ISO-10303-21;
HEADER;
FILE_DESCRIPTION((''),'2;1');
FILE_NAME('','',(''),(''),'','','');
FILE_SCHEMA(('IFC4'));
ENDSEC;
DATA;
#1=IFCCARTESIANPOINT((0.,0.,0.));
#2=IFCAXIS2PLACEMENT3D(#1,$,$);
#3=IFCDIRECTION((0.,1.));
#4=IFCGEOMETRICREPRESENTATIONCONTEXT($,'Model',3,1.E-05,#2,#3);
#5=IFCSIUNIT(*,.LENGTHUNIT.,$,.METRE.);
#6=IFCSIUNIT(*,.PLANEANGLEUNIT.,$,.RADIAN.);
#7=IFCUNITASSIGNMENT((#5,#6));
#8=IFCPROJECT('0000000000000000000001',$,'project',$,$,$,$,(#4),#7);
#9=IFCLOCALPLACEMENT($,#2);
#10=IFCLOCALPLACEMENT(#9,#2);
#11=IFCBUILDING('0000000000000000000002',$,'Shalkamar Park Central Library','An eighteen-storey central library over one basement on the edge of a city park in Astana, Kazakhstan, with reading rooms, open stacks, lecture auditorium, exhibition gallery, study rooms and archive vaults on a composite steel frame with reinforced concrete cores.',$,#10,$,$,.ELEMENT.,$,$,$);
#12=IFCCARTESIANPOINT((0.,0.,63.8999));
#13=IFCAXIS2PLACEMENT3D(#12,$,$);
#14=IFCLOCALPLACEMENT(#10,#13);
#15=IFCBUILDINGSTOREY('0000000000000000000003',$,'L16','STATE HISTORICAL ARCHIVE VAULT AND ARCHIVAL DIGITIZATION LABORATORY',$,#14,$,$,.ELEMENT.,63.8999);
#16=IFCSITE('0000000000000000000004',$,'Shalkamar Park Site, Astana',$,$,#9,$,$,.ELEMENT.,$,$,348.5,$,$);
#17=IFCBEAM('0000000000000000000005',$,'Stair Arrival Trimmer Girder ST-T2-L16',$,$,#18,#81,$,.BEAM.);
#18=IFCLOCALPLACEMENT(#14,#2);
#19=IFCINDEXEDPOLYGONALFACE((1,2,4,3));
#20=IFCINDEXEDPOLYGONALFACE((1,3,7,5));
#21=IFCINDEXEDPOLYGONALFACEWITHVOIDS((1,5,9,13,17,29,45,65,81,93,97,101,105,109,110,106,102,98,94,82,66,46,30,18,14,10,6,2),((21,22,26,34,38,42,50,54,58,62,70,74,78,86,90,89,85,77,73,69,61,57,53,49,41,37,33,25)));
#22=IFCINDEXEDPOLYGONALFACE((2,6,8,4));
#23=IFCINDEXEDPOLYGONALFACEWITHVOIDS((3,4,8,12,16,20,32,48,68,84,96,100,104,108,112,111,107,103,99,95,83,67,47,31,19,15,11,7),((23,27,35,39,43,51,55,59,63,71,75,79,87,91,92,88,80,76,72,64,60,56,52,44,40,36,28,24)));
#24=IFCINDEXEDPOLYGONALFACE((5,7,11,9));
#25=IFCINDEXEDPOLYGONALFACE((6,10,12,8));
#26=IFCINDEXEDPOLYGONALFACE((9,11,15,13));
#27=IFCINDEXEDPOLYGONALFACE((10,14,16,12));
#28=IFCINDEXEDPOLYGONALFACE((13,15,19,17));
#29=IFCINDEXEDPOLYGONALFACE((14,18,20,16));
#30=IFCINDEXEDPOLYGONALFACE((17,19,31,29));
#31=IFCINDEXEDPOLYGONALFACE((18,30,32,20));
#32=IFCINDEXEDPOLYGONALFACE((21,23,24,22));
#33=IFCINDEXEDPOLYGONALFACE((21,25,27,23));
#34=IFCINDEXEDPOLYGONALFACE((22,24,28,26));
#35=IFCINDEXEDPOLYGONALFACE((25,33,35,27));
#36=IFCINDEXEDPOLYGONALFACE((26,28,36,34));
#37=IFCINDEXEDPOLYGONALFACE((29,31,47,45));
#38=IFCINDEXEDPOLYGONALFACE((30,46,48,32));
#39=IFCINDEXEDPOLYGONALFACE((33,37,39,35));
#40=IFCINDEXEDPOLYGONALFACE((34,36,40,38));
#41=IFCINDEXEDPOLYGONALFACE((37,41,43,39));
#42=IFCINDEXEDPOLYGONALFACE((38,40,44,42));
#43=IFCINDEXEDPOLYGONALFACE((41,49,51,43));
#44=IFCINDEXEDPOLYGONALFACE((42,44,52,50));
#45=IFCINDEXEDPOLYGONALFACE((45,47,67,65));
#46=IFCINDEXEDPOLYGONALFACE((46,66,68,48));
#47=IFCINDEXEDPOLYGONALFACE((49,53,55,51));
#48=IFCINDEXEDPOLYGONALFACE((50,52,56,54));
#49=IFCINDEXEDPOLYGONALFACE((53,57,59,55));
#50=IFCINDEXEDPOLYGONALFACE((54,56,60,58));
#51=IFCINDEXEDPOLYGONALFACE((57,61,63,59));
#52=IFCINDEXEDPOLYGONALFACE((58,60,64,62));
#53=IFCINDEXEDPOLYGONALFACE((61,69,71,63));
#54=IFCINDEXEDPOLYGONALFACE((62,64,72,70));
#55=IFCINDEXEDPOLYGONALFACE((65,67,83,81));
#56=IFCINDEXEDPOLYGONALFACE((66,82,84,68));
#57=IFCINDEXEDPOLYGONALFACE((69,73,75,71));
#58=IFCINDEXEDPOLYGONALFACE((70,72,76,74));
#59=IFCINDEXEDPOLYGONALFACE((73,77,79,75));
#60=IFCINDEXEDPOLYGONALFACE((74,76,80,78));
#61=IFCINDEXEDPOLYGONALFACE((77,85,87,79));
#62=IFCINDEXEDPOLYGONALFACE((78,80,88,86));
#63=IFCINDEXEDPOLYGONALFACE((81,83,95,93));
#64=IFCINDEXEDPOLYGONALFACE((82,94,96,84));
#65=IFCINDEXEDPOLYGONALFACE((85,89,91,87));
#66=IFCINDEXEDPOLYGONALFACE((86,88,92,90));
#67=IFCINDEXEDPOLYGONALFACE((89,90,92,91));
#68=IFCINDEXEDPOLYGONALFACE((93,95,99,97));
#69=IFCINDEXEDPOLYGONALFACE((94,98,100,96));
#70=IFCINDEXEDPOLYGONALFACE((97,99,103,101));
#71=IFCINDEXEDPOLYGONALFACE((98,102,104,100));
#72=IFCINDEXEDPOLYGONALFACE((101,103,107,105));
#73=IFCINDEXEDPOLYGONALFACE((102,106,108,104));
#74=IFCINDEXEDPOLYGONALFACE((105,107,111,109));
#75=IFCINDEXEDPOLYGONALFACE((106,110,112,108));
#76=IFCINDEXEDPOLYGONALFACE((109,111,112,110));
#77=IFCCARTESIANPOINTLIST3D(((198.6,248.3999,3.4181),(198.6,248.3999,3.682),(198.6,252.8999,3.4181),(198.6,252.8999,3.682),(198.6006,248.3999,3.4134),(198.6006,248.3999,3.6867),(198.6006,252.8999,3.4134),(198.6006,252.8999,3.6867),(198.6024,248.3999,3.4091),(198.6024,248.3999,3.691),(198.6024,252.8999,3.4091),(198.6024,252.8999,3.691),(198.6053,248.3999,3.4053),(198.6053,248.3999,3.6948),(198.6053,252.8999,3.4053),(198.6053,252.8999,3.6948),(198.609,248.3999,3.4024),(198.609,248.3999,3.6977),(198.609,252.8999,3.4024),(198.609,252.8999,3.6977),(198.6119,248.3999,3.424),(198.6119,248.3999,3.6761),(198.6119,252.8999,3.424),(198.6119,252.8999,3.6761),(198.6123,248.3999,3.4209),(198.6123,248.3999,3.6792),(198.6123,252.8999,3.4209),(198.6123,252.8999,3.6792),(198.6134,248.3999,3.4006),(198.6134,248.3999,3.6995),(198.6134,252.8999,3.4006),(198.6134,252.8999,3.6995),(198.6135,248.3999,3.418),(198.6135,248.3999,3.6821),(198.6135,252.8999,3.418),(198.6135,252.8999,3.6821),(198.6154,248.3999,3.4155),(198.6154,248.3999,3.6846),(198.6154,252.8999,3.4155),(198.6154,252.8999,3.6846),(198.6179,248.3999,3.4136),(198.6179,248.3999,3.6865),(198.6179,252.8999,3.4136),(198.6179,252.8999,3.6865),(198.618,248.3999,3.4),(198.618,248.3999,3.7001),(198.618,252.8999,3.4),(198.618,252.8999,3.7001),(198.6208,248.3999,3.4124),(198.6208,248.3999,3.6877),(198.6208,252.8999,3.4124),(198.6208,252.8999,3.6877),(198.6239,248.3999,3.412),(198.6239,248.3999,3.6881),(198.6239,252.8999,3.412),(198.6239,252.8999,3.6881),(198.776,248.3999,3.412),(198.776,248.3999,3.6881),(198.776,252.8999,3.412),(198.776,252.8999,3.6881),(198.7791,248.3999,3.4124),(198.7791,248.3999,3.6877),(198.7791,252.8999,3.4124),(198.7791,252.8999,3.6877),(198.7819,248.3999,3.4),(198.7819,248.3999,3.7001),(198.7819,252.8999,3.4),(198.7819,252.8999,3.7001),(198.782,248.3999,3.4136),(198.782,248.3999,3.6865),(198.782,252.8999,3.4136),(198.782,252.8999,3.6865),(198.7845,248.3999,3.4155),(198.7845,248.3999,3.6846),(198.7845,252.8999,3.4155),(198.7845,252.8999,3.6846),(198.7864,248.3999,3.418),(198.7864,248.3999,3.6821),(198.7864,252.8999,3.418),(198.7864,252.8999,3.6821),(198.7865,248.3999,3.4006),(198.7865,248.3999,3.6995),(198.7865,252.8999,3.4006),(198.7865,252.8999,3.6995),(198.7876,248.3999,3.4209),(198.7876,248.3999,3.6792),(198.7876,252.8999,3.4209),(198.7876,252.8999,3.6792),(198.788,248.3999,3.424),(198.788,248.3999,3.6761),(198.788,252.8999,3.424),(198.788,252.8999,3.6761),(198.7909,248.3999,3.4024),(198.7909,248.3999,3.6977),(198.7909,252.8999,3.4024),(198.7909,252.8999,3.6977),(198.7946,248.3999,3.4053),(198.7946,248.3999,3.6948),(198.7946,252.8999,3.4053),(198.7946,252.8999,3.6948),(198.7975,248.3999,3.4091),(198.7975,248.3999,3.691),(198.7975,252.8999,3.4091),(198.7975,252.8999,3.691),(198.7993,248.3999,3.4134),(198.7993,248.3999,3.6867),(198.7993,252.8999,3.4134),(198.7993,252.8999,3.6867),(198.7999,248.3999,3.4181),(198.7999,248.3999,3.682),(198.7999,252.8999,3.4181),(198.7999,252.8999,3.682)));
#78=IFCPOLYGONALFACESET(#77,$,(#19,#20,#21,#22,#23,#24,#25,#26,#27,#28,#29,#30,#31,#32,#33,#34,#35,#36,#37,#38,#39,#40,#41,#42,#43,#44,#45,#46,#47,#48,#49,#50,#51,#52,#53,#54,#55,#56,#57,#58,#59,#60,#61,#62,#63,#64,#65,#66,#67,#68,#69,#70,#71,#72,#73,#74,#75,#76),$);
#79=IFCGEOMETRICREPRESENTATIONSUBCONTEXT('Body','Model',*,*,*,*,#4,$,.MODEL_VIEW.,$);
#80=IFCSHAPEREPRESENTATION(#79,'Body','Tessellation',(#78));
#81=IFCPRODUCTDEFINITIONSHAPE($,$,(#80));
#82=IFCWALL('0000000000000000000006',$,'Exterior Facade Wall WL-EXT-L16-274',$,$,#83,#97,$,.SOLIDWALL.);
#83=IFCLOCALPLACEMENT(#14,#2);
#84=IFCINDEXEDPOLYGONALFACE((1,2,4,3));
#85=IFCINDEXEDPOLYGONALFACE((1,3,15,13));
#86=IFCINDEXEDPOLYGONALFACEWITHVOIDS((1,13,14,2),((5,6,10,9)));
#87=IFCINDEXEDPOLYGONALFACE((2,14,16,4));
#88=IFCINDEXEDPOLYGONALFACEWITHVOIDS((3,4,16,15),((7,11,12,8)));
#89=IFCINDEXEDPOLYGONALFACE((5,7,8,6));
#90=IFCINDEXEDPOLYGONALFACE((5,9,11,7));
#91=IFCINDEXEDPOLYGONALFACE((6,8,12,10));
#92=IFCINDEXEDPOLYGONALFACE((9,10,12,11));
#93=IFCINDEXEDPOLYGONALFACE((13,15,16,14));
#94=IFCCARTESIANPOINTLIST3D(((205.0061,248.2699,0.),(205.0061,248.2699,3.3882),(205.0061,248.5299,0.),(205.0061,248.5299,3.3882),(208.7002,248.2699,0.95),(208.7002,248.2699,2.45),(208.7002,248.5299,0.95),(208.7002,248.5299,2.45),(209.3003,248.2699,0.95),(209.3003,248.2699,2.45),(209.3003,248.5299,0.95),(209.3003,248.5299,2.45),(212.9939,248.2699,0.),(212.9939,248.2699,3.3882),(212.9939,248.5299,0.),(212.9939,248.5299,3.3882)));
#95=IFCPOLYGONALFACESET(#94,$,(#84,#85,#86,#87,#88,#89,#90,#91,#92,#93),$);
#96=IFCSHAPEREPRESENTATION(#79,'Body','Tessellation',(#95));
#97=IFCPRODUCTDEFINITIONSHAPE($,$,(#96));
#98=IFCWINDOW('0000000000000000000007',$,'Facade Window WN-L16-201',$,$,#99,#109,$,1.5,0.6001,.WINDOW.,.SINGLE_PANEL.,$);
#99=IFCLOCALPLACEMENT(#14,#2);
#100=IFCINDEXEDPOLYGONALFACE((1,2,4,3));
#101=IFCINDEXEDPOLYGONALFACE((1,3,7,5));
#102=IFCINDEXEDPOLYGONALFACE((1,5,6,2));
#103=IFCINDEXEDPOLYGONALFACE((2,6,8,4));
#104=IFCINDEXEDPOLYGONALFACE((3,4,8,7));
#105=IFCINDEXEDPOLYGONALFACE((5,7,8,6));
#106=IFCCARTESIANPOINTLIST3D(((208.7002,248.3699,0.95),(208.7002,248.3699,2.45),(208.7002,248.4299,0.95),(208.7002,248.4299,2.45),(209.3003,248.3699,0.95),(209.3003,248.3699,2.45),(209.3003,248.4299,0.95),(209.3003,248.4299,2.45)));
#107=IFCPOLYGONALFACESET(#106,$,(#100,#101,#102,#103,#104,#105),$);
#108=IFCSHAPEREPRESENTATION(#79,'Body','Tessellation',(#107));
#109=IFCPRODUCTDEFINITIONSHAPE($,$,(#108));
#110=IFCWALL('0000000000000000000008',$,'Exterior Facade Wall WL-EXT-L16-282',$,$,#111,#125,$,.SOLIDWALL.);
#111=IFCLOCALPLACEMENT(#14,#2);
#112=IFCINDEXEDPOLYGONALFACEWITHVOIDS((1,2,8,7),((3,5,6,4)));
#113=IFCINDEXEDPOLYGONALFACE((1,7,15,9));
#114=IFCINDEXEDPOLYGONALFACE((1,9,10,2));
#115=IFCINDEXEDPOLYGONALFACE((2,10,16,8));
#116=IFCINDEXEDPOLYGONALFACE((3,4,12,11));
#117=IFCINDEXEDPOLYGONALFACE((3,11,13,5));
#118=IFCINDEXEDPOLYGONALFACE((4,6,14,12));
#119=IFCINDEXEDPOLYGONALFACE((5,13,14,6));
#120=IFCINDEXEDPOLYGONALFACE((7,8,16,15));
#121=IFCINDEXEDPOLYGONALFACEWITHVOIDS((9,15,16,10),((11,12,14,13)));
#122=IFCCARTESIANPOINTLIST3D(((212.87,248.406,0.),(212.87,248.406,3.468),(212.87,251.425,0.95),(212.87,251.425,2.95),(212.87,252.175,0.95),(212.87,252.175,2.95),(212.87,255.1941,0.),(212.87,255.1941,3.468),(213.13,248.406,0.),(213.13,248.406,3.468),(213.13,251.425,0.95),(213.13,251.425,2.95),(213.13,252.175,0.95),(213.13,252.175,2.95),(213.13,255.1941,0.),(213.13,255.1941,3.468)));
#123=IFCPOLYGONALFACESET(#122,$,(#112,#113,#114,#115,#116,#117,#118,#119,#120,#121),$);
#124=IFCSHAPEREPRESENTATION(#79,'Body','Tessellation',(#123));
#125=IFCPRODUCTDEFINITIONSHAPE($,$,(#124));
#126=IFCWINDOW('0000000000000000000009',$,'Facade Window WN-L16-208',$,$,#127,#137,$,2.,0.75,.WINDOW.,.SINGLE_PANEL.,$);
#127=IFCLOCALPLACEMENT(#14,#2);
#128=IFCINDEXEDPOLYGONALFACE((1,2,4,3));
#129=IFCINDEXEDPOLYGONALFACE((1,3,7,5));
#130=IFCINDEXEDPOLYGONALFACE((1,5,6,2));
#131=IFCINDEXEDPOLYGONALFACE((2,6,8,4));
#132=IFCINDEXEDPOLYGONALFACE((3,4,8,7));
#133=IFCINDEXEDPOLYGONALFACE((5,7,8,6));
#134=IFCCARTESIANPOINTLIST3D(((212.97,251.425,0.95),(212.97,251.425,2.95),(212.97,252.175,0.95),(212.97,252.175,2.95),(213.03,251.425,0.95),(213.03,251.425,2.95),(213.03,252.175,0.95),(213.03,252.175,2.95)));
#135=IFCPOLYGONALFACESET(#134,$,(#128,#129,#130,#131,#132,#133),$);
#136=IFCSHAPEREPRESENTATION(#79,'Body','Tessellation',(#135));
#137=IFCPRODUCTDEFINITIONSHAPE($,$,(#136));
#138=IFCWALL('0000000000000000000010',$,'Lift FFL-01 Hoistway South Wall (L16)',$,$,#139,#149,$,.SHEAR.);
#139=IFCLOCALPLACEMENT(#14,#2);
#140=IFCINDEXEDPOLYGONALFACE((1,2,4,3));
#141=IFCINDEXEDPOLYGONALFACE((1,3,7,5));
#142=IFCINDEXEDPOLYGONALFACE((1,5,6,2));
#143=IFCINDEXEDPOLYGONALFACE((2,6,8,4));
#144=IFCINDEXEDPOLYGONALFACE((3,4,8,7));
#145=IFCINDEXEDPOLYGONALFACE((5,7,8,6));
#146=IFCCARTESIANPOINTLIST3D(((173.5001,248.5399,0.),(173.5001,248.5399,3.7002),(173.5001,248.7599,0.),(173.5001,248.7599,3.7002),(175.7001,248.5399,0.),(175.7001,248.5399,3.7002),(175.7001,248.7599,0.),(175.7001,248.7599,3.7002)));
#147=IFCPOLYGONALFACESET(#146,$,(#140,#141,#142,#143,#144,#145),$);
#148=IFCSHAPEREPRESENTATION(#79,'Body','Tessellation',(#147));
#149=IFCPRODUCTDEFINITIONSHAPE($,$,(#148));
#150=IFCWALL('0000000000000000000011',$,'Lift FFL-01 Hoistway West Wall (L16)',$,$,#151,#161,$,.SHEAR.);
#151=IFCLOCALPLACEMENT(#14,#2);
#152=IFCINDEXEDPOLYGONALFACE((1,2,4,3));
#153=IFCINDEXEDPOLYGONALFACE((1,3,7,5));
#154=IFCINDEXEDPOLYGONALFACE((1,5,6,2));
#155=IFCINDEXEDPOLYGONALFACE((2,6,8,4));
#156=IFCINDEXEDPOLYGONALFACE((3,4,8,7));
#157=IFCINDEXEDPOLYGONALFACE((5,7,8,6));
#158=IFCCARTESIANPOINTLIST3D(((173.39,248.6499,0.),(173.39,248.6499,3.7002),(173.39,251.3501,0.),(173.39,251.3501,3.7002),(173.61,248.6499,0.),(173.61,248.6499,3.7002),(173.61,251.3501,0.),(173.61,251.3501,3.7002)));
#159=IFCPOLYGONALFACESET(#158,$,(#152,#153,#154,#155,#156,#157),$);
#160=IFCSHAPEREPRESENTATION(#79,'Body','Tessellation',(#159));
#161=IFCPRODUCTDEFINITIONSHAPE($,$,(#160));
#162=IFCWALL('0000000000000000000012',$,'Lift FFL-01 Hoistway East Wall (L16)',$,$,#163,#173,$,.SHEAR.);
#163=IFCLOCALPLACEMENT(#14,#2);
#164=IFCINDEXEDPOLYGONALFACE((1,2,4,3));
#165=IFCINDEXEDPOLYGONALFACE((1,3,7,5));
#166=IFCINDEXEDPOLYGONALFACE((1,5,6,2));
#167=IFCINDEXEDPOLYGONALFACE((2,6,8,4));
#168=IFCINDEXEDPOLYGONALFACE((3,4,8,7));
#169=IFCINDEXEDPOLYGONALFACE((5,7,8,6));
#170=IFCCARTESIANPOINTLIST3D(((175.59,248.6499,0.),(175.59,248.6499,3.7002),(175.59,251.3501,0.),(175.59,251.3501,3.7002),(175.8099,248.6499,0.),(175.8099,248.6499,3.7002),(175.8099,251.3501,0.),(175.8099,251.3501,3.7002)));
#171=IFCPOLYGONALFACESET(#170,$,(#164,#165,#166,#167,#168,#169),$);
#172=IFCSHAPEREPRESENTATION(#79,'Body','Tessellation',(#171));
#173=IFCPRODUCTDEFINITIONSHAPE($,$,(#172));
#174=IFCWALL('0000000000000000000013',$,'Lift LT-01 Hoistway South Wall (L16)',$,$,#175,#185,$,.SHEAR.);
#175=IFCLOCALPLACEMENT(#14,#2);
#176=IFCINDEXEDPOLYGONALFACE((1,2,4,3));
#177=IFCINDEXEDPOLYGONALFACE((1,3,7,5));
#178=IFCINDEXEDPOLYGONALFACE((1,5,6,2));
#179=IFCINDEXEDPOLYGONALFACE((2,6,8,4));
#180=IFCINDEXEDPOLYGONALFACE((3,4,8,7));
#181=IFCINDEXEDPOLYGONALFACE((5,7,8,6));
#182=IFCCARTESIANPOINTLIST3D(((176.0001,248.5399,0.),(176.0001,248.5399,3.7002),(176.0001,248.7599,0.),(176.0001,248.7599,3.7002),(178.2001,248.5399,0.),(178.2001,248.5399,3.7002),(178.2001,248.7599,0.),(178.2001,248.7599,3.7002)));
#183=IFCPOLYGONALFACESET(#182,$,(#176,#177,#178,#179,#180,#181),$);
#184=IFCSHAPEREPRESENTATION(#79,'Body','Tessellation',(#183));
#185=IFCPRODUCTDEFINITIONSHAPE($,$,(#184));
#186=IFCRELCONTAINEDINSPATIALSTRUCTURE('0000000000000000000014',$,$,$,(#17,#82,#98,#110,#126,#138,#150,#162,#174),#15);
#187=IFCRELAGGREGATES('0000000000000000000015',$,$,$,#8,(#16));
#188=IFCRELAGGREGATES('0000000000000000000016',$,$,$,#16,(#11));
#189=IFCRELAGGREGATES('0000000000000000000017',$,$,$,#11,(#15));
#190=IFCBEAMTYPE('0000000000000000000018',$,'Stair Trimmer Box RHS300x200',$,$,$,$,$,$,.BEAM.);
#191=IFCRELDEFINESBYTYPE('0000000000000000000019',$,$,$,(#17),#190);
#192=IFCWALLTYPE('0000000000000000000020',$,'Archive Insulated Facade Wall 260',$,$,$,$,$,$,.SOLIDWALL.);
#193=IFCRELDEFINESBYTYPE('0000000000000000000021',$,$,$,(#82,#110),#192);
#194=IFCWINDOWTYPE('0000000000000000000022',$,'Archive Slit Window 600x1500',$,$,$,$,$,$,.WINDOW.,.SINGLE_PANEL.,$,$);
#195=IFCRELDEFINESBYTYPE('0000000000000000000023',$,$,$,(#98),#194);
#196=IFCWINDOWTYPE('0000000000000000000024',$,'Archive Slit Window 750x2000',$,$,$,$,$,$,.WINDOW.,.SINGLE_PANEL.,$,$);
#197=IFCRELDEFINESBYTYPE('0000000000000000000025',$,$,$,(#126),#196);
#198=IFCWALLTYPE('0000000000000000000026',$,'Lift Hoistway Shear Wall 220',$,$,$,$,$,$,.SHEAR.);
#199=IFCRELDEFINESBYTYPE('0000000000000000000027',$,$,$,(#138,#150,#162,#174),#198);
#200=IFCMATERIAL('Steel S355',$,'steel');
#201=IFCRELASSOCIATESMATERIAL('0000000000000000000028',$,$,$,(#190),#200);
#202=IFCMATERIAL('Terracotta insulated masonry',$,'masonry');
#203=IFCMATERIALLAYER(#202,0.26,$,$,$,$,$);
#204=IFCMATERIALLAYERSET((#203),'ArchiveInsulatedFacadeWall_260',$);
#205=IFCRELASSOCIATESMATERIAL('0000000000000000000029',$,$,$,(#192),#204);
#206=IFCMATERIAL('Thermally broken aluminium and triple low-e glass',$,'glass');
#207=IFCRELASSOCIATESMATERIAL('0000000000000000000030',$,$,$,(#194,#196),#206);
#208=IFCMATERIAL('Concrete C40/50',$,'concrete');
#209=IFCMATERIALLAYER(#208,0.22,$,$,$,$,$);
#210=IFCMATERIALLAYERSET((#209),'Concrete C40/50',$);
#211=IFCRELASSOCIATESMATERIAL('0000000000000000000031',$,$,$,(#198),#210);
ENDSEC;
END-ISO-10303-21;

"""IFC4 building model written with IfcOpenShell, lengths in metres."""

from ifc_helpers import new_model, si_unit, direction, frame, frame_2d, origin, origin_2d, place, context, subcontext, project, spatial, rectangle, hollow_rectangle, extrude, material, layer, layer_set, material_profile, profile_set, type_object, element, fill, save


model = new_model("IFC4")

# Units and contexts
model_context = context("Model", 3, precision=1e-05, world=origin(), true_north=direction((0.0, 1.0)))
body_context = subcontext(model_context, "Body", "Model", "MODEL_VIEW")
ifc_project = project(units=[si_unit("LENGTHUNIT", "METRE"), si_unit("PLANEANGLEUNIT", "RADIAN")], contexts=[model_context])

# Site, building, storey
site_placement = place(None, origin())
site = spatial("IfcSite", under=ifc_project, at=site_placement, Name="Shalkamar Park Site, Astana", CompositionType="ELEMENT", RefElevation=348.5)
building_placement = place(site_placement, origin())
building = spatial("IfcBuilding", under=site, at=building_placement, Name="Shalkamar Park Central Library", Description="An eighteen-storey central library over one basement on the edge of a city park in Astana, Kazakhstan, with reading rooms, open stacks, lecture auditorium, exhibition gallery, study rooms and archive vaults on a composite steel frame with reinforced concrete cores.", CompositionType="ELEMENT")
storey_placement = place(building_placement, frame((0.0, 0.0, 63.8999)))
storey = spatial("IfcBuildingStorey", under=building, at=storey_placement, Name="L16", Description="STATE HISTORICAL ARCHIVE VAULT AND ARCHIVAL DIGITIZATION LABORATORY", CompositionType="ELEMENT", Elevation=63.8999)

# Beam
ifc_material_1 = material(Name="Steel S355", Category="steel")
ifc_material_profile_1 = material_profile(ifc_material_1, hollow_rectangle(XDim=0.2, YDim=0.3, WallThickness=0.012, InnerFilletRadius=0.012, OuterFilletRadius=0.0181, at=origin_2d()), Name="RHS 300x200x12")
ifc_profile_set_1 = profile_set([ifc_material_profile_1], Name="Steel S355")
beam_type_1 = type_object("IfcBeamType", Name="Stair Trimmer Box RHS300x200", PredefinedType="BEAM", material=ifc_profile_set_1)
for number, where, z_axis, x_axis, name in (
    (1, (198.7, 248.3999, 3.55), (0.0, 1.0, 0.0), (-1.0, 0.0, 0.0), "Stair Arrival Trimmer Girder ST-T2-L16"),
):
    element("IfcBeam", number, at=place(storey_placement, frame(where, z_axis=z_axis, x_axis=x_axis)), inside=storey, type_object=beam_type_1, Name=name, PredefinedType="BEAM", context=body_context, shape_type="SweptSolid", body=[
        extrude(hollow_rectangle(XDim=0.2, YDim=0.3, WallThickness=0.012, InnerFilletRadius=0.012, OuterFilletRadius=0.0181, at=origin_2d()), origin(), (0.0, 0.0, 1.0), 4.5),
    ])

# Walls, openings, windows
ifc_material_2 = material(Name="Terracotta insulated masonry", Category="masonry")
ifc_layer_1 = layer(ifc_material_2, 0.26)
ifc_layer_set_1 = layer_set([ifc_layer_1], Name="ArchiveInsulatedFacadeWall_260")
wall_type_1 = type_object("IfcWallType", Name="Archive Insulated Facade Wall 260", PredefinedType="SOLIDWALL", material=ifc_layer_set_1)
wall_1_placement = place(storey_placement, frame((205.0061, 248.3999, 0.0), z_axis=(0.0, 0.0, 1.0), x_axis=(1.0, 0.0, 0.0)))
wall_1 = element("IfcWall", 2, at=wall_1_placement, inside=storey, type_object=wall_type_1, Name="Exterior Facade Wall WL-EXT-L16-274", PredefinedType="SOLIDWALL", context=body_context, shape_type="SweptSolid", body=[
    extrude(rectangle(XDim=7.9878, YDim=0.26, at=frame_2d((3.9939, 0.0))), origin(), (0.0, 0.0, 1.0), 3.3882),
])
opening_1_placement = place(wall_1_placement, frame((3.6941, 0.0, 0.95)))
opening_1 = element("IfcOpeningElement", 3, at=opening_1_placement, cuts=wall_1, PredefinedType="OPENING", context=body_context, shape_type="SweptSolid", body=[
    extrude(rectangle(XDim=0.6001, YDim=1.5, at=frame_2d((0.3, 0.75))), frame((0.0, 0.145, 0.0), z_axis=(0.0, -1.0, 0.0), x_axis=(1.0, 0.0, 0.0)), (0.0, 0.0, 1.0), 0.2898),
])
ifc_material_3 = material(Name="Thermally broken aluminium and triple low-e glass", Category="glass")
window_type_1 = type_object("IfcWindowType", Name="Archive Slit Window 600x1500", PartitioningType="SINGLE_PANEL", PredefinedType="WINDOW", material=ifc_material_3)
window_1_placement = place(opening_1_placement, origin())
window_1 = element("IfcWindow", 4, at=window_1_placement, inside=storey, type_object=window_type_1, Name="Facade Window WN-L16-201", OverallHeight=1.5, OverallWidth=0.6001, PartitioningType="SINGLE_PANEL", PredefinedType="WINDOW", context=body_context, shape_type="SweptSolid", body=[
    extrude(rectangle(XDim=0.6001, YDim=1.5, at=frame_2d((0.3, 0.75))), frame((0.0, 0.03, 0.0), z_axis=(0.0, -1.0, 0.0), x_axis=(1.0, 0.0, 0.0)), (0.0, 0.0, 1.0), 0.0601),
])
fill(opening_1, window_1)
wall_2_placement = place(storey_placement, frame((213.0, 248.406, 0.0), z_axis=(0.0, 0.0, 1.0), x_axis=(0.0, 1.0, 0.0)))
wall_2 = element("IfcWall", 5, at=wall_2_placement, inside=storey, type_object=wall_type_1, Name="Exterior Facade Wall WL-EXT-L16-282", PredefinedType="SOLIDWALL", context=body_context, shape_type="SweptSolid", body=[
    extrude(rectangle(XDim=6.7881, YDim=0.26, at=frame_2d((3.394, 0.0))), origin(), (0.0, 0.0, 1.0), 3.468),
])
opening_2_placement = place(wall_2_placement, frame((3.019, 0.0, 0.95)))
opening_2 = element("IfcOpeningElement", 6, at=opening_2_placement, cuts=wall_2, PredefinedType="OPENING", context=body_context, shape_type="SweptSolid", body=[
    extrude(rectangle(XDim=0.75, YDim=2.0, at=frame_2d((0.375, 1.0))), frame((0.0, 0.145, 0.0), z_axis=(0.0, -1.0, 0.0), x_axis=(1.0, 0.0, 0.0)), (0.0, 0.0, 1.0), 0.2898),
])
window_type_2 = type_object("IfcWindowType", Name="Archive Slit Window 750x2000", PartitioningType="SINGLE_PANEL", PredefinedType="WINDOW", material=ifc_material_3)
window_2_placement = place(opening_2_placement, origin())
window_2 = element("IfcWindow", 7, at=window_2_placement, inside=storey, type_object=window_type_2, Name="Facade Window WN-L16-208", OverallHeight=2.0, OverallWidth=0.75, PartitioningType="SINGLE_PANEL", PredefinedType="WINDOW", context=body_context, shape_type="SweptSolid", body=[
    extrude(rectangle(XDim=0.75, YDim=2.0, at=frame_2d((0.375, 1.0))), frame((0.0, 0.03, 0.0), z_axis=(0.0, -1.0, 0.0), x_axis=(1.0, 0.0, 0.0)), (0.0, 0.0, 1.0), 0.0601),
])
fill(opening_2, window_2)

# Walls
ifc_material_4 = material(Name="Concrete C40/50", Category="concrete")
ifc_layer_2 = layer(ifc_material_4, 0.22)
ifc_layer_set_2 = layer_set([ifc_layer_2], Name="Concrete C40/50")
wall_type_2 = type_object("IfcWallType", Name="Lift Hoistway Shear Wall 220", PredefinedType="SHEAR", material=ifc_layer_set_2)
wall_3_placement = place(storey_placement, frame((173.5, 248.6499, 0.0), z_axis=(0.0, 0.0, 1.0), x_axis=(1.0, 0.0, 0.0)))
element("IfcWall", 8, at=wall_3_placement, inside=storey, type_object=wall_type_2, Name="Lift FFL-01 Hoistway South Wall (L16)", PredefinedType="SHEAR", context=body_context, shape_type="SweptSolid", body=[
    extrude(rectangle(XDim=2.2, YDim=0.22, at=frame_2d((1.1001, 0.0))), origin(), (0.0, 0.0, 1.0), 3.7002),
])
for number, where, z_axis, x_axis, name in (
    (9, (173.5, 248.6499, 0.0), (0.0, 0.0, 1.0), (0.0, 1.0, 0.0), "Lift FFL-01 Hoistway West Wall (L16)"),
    (10, (175.7, 248.6499, 0.0), (0.0, 0.0, 1.0), (0.0, 1.0, 0.0), "Lift FFL-01 Hoistway East Wall (L16)"),
):
    element("IfcWall", number, at=place(storey_placement, frame(where, z_axis=z_axis, x_axis=x_axis)), inside=storey, type_object=wall_type_2, Name=name, PredefinedType="SHEAR", context=body_context, shape_type="SweptSolid", body=[
        extrude(rectangle(XDim=2.7002, YDim=0.22, at=frame_2d((1.3501, 0.0))), origin(), (0.0, 0.0, 1.0), 3.7002),
    ])
wall_4_placement = place(storey_placement, frame((176.0, 248.6499, 0.0), z_axis=(0.0, 0.0, 1.0), x_axis=(1.0, 0.0, 0.0)))
element("IfcWall", 11, at=wall_4_placement, inside=storey, type_object=wall_type_2, Name="Lift LT-01 Hoistway South Wall (L16)", PredefinedType="SHEAR", context=body_context, shape_type="SweptSolid", body=[
    extrude(rectangle(XDim=2.2, YDim=0.22, at=frame_2d((1.1001, 0.0))), origin(), (0.0, 0.0, 1.0), 3.7002),
])

save(model, "model.ifc")
